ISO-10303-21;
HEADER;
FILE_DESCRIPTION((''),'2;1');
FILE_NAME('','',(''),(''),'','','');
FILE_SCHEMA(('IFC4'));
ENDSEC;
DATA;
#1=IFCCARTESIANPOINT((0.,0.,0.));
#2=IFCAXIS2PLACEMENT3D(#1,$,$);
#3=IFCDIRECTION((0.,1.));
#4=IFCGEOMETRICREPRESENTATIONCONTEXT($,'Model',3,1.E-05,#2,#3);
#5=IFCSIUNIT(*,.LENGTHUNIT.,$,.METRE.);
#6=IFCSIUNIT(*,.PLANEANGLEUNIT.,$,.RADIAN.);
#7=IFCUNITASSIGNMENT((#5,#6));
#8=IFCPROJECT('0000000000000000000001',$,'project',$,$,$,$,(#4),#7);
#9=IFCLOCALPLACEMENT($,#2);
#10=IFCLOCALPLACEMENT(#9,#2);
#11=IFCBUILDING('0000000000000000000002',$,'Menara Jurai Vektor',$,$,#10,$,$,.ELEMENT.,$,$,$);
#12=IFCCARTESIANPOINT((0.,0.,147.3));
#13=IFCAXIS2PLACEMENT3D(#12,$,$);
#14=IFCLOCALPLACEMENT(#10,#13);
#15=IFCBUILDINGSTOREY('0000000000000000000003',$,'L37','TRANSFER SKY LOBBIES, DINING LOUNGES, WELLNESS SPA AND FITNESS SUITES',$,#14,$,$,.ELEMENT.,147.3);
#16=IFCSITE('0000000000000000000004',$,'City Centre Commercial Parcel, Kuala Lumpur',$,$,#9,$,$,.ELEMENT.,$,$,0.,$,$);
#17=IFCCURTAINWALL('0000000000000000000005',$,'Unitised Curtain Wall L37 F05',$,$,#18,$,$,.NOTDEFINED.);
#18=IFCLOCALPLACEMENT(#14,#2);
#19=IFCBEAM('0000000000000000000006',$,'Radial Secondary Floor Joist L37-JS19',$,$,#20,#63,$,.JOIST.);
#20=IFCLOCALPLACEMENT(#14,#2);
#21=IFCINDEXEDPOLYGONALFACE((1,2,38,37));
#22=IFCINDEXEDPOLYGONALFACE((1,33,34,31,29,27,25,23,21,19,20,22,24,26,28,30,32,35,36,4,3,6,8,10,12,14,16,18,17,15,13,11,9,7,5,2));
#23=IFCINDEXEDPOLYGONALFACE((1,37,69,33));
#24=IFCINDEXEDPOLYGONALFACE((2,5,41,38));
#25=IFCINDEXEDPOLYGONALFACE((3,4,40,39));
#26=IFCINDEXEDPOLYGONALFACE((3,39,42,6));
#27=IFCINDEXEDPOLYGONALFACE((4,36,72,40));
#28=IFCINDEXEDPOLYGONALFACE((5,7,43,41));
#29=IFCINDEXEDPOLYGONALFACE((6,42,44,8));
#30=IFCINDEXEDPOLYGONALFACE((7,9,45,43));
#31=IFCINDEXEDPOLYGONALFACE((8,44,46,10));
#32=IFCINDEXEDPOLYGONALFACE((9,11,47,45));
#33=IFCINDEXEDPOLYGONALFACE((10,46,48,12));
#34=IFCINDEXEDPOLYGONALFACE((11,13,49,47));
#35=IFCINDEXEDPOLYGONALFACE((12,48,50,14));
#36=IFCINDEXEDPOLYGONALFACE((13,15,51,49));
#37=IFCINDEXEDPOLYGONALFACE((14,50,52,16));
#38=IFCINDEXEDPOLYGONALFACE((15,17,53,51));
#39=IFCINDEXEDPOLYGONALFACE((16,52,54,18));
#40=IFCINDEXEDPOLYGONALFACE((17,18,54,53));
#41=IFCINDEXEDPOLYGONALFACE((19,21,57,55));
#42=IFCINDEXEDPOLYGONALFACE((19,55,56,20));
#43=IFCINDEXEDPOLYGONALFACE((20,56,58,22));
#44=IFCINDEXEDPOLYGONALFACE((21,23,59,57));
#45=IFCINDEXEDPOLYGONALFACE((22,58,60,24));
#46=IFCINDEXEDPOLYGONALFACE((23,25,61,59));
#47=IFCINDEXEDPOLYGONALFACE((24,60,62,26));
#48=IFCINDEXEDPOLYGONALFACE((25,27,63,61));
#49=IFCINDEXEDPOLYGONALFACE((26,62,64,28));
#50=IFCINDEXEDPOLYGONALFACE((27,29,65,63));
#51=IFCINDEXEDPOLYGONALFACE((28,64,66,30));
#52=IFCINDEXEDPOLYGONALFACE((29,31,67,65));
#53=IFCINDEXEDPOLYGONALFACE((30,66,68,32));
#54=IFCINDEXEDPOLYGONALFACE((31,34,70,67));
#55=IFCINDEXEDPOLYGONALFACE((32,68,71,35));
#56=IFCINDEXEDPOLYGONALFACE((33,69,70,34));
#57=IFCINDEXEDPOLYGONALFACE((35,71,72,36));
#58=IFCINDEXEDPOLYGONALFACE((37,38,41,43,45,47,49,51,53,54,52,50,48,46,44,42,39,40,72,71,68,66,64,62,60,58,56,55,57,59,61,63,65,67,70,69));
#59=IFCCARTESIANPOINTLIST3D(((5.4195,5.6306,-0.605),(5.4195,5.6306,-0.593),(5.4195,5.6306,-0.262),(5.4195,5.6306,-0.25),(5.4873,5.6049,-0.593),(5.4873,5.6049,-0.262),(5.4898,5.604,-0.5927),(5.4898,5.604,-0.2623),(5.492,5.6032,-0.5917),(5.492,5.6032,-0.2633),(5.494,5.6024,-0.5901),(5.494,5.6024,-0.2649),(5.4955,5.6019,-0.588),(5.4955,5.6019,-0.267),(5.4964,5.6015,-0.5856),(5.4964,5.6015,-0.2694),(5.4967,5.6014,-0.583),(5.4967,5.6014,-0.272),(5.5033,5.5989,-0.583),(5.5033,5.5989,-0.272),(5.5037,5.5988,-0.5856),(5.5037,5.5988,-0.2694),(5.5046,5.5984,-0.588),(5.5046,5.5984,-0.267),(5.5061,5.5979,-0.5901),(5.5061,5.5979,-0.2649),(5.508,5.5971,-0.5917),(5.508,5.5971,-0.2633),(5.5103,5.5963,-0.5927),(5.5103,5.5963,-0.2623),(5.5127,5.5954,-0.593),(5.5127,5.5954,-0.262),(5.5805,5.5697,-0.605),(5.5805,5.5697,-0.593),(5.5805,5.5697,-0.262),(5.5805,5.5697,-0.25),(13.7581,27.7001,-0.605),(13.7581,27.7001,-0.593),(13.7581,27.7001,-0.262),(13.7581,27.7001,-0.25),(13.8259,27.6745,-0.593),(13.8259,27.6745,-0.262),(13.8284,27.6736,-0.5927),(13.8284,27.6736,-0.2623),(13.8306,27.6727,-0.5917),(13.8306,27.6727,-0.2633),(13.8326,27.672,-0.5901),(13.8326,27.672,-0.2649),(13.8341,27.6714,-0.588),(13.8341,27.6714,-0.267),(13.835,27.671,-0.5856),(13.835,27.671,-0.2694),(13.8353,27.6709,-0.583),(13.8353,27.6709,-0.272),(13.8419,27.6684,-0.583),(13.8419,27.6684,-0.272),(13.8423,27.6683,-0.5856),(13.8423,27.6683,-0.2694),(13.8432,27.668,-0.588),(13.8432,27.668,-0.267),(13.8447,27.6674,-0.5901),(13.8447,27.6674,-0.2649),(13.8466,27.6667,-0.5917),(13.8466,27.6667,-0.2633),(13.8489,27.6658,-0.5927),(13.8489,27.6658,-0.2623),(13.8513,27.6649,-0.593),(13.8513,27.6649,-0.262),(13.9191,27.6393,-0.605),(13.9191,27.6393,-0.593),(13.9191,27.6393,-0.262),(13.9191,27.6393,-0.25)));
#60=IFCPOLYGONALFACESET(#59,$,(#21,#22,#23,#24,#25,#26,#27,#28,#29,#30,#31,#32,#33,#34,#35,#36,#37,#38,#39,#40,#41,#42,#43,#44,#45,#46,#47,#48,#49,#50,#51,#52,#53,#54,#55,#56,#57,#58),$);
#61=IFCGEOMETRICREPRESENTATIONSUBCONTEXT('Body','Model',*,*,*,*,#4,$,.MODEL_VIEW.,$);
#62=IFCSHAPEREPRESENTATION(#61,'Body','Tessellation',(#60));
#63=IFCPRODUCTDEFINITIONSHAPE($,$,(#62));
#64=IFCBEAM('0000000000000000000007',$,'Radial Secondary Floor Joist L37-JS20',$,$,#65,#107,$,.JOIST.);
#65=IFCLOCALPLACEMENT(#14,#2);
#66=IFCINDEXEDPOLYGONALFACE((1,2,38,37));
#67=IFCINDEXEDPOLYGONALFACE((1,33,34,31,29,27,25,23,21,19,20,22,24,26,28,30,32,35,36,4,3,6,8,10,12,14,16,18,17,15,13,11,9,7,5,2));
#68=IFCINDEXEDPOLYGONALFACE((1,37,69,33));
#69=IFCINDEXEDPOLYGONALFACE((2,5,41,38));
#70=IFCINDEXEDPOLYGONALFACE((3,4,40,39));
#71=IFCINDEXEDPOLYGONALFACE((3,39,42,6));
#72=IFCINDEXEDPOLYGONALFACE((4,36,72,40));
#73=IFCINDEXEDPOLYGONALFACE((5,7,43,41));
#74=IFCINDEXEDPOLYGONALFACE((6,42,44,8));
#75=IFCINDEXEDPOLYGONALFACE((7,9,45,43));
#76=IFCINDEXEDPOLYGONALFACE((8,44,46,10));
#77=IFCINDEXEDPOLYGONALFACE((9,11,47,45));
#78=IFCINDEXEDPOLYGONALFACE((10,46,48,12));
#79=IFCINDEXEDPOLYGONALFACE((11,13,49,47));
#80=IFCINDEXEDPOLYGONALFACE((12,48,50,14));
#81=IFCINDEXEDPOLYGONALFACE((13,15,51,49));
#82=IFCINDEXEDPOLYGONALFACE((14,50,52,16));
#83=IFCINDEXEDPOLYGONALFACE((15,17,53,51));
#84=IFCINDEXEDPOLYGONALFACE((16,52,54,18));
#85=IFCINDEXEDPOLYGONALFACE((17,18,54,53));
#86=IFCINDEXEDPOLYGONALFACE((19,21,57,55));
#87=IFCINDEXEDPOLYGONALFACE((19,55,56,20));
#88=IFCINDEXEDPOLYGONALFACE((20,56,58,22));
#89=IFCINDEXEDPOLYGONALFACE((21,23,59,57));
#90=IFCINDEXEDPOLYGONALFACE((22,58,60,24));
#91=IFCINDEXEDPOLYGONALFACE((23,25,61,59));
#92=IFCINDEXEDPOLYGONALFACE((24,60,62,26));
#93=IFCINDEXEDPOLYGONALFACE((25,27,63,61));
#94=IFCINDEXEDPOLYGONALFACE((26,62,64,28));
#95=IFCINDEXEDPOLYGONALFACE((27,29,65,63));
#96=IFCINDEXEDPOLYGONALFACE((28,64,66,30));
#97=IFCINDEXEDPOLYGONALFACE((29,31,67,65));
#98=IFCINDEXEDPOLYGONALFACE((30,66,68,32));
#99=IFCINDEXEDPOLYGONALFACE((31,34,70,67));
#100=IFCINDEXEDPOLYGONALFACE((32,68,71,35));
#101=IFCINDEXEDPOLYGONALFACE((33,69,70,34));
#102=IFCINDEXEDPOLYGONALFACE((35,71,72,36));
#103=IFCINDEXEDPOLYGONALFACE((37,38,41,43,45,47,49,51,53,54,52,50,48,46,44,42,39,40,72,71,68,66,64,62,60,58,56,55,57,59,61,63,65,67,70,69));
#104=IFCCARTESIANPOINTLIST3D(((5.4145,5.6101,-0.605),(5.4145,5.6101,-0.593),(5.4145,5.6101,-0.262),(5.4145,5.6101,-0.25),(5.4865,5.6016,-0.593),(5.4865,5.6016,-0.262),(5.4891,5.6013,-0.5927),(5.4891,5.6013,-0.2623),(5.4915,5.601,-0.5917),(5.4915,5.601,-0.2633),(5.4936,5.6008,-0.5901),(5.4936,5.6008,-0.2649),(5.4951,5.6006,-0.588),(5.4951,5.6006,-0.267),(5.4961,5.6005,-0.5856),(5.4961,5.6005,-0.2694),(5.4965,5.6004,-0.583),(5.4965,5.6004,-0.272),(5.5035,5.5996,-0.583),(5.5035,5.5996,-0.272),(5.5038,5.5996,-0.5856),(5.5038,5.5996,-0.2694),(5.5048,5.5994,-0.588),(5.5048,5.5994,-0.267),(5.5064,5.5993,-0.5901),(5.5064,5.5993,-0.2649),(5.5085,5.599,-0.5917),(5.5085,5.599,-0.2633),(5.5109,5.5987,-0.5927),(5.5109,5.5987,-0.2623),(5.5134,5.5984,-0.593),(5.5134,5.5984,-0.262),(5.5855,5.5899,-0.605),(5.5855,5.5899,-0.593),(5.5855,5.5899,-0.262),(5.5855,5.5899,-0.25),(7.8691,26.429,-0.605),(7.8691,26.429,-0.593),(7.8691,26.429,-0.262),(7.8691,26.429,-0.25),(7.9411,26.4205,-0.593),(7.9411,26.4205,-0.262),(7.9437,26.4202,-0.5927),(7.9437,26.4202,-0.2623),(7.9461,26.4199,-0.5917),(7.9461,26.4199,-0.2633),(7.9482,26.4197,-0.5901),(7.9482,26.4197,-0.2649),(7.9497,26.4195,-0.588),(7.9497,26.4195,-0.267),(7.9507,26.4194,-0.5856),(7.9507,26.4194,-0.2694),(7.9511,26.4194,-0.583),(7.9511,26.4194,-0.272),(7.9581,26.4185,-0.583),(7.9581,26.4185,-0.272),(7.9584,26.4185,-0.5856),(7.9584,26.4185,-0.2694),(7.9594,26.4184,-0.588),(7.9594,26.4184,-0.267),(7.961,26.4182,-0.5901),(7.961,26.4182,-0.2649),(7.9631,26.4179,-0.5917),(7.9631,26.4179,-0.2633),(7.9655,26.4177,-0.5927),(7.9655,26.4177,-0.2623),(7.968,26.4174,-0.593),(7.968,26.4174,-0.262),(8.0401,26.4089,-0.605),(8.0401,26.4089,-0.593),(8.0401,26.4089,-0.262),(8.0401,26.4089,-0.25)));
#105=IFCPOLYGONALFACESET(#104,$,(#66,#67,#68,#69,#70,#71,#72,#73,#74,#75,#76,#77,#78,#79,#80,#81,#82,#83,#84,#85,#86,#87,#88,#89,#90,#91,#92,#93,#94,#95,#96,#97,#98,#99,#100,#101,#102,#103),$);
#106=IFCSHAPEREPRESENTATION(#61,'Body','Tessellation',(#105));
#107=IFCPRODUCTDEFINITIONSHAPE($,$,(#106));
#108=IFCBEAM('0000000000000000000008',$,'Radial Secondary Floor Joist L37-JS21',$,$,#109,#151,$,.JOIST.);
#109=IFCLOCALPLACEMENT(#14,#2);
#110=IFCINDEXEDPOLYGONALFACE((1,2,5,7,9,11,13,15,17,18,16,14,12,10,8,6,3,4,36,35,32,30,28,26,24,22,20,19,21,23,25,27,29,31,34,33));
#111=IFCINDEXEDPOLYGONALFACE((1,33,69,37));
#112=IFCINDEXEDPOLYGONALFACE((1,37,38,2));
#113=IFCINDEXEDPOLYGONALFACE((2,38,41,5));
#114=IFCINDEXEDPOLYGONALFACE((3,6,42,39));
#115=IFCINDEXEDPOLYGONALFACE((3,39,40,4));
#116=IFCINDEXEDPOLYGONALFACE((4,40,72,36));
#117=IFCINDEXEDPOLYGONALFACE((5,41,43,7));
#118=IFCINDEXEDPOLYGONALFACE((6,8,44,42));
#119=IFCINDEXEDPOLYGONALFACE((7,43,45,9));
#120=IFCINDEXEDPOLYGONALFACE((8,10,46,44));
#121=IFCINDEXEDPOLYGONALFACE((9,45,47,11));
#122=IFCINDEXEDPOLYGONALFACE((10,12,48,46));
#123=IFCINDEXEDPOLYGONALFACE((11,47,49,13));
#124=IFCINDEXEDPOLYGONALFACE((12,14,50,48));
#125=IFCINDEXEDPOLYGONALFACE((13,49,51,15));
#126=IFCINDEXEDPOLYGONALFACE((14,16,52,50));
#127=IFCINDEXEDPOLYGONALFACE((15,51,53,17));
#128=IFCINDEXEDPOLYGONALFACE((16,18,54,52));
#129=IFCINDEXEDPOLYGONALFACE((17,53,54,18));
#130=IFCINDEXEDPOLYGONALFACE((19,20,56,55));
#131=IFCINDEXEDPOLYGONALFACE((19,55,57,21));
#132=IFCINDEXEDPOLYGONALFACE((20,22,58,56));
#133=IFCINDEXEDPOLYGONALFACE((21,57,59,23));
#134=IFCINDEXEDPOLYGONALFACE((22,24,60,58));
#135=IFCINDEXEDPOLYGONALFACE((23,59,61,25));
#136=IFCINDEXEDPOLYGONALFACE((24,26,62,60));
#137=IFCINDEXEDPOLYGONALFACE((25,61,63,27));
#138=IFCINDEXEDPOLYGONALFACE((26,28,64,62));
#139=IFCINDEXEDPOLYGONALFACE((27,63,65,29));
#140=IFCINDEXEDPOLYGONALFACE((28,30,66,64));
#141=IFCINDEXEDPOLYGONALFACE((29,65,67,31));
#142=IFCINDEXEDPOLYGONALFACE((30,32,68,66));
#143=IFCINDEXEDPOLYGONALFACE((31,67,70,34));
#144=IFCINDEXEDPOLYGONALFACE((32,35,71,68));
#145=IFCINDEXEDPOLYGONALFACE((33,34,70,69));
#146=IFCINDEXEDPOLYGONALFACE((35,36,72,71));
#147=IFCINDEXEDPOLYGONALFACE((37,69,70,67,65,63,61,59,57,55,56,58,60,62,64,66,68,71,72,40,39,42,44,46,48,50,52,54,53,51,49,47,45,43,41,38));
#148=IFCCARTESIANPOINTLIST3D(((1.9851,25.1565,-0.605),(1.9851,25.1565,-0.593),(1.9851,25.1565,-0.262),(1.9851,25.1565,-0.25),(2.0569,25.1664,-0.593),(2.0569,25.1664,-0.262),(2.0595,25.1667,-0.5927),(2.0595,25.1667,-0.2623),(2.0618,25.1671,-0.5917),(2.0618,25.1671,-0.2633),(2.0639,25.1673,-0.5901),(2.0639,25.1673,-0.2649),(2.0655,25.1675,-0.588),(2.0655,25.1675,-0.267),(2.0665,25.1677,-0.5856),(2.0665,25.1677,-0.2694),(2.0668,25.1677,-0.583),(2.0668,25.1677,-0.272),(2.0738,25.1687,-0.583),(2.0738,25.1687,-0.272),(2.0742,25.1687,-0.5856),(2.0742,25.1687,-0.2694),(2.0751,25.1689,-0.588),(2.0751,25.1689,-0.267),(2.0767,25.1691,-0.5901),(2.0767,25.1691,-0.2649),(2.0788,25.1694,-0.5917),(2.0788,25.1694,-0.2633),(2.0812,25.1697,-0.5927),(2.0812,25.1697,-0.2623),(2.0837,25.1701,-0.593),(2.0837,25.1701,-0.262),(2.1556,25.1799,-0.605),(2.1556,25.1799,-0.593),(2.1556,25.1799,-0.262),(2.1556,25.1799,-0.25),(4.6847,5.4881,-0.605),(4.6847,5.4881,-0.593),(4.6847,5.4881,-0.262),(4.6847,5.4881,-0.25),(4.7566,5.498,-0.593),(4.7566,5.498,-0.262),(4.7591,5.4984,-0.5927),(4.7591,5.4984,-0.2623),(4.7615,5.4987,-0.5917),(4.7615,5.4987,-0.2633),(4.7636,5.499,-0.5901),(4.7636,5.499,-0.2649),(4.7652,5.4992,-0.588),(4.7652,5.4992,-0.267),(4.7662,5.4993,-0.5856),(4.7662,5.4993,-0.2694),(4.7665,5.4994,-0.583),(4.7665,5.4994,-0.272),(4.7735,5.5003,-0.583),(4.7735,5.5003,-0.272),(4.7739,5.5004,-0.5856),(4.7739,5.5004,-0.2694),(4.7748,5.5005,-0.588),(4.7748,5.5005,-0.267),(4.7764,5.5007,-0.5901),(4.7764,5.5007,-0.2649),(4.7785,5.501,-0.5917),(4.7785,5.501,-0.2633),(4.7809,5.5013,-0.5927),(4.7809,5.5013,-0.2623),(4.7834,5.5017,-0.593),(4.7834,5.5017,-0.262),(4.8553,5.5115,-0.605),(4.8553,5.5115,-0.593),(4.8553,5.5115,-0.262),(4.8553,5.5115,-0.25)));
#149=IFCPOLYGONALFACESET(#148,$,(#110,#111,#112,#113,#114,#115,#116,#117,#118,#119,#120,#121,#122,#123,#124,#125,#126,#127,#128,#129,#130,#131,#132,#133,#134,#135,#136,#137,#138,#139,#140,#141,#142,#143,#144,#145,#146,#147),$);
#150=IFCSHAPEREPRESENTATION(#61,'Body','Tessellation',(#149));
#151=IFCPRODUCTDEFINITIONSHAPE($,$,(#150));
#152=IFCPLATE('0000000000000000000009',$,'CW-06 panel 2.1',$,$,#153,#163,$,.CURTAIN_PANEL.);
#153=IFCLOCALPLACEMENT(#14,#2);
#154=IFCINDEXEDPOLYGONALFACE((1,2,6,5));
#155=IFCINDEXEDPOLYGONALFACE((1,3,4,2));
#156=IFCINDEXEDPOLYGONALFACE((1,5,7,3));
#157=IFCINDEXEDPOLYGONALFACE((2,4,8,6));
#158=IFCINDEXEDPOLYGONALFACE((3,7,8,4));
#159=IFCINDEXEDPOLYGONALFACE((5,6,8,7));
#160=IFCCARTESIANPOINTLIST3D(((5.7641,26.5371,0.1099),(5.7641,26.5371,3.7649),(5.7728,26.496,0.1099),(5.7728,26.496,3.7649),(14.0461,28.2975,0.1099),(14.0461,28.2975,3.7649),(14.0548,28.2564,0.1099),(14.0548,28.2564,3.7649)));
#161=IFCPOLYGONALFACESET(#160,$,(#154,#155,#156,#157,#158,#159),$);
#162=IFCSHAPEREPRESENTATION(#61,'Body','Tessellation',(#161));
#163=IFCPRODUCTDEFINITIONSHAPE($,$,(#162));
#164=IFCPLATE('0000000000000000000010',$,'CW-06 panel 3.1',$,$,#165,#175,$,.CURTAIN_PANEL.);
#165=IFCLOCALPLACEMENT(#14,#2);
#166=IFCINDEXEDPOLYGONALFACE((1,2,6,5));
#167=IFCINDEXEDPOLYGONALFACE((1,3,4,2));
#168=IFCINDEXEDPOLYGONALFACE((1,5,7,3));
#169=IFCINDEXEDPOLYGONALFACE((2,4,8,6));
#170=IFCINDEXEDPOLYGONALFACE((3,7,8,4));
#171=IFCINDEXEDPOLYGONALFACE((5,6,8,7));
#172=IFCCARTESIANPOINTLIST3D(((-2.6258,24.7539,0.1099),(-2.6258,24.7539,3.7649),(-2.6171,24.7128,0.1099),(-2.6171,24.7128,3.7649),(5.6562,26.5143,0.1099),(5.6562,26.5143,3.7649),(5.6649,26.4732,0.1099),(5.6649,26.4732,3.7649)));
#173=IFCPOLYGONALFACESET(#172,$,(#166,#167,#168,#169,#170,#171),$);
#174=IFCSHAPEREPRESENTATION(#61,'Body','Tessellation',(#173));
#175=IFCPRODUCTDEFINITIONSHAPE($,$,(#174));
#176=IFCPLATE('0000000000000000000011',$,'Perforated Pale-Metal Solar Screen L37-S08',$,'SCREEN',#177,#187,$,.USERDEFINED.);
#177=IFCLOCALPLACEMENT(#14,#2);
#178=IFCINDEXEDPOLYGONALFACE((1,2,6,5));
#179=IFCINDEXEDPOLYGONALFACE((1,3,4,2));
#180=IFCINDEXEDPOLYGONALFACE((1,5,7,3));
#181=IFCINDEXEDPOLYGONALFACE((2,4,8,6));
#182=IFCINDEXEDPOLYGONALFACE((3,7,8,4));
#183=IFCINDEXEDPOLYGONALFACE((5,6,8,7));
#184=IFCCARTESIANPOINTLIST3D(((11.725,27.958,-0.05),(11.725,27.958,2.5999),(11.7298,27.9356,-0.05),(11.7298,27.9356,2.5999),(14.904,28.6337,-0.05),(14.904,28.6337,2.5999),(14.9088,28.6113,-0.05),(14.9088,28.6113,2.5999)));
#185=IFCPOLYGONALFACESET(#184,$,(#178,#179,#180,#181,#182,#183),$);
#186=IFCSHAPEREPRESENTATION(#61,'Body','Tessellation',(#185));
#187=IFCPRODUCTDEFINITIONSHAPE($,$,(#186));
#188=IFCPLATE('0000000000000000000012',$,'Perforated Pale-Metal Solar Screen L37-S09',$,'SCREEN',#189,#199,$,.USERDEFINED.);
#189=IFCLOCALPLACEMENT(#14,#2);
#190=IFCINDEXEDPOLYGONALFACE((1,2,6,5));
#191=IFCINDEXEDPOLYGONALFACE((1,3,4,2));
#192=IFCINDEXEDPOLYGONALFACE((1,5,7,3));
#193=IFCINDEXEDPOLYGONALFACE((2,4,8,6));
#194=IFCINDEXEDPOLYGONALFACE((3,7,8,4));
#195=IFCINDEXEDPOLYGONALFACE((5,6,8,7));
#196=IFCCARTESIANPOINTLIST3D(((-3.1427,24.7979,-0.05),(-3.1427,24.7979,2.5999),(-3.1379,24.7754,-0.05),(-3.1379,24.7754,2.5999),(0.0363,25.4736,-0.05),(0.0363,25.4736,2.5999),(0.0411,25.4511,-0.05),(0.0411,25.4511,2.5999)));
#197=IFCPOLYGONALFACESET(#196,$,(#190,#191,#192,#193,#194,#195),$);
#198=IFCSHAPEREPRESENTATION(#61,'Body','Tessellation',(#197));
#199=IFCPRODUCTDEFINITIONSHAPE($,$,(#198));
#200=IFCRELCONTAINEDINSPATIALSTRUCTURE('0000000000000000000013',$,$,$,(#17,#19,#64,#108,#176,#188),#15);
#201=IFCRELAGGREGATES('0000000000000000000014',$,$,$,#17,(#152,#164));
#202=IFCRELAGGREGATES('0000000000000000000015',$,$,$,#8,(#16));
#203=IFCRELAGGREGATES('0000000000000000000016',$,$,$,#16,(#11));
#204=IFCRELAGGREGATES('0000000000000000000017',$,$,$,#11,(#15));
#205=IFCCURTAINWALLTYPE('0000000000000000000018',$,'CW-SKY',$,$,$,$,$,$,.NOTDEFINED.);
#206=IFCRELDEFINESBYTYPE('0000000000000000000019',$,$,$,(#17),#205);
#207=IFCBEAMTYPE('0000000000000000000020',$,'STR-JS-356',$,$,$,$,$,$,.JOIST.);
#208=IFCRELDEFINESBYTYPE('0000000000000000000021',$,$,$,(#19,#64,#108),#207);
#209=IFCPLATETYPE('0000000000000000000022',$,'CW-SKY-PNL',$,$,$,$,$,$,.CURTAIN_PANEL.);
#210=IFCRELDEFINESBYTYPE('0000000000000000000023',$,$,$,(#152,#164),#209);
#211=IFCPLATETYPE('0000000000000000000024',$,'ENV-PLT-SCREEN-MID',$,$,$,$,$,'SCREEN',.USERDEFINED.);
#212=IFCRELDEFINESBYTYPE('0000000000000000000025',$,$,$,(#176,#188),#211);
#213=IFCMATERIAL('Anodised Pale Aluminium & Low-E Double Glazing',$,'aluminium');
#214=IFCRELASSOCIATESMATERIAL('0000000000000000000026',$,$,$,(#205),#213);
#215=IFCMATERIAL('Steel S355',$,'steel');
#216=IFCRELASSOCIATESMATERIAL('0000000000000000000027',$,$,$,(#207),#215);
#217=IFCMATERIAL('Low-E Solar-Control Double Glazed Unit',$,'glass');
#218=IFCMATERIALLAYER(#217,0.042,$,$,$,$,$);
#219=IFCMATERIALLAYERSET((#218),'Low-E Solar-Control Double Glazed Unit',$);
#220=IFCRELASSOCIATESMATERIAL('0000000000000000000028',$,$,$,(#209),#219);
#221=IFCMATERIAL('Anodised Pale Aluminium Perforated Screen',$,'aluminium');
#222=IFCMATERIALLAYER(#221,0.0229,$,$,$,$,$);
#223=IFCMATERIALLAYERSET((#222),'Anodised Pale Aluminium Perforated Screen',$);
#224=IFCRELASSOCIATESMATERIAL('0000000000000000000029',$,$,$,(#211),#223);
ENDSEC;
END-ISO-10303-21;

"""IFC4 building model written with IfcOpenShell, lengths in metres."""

from ifc_helpers import new_model, si_unit, direction, frame, origin, origin_2d, place, context, subcontext, project, spatial, rectangle, i_section, extrude, material, layer, layer_set, material_profile, profile_set, type_object, element, aggregate, save


model = new_model("IFC4")

# Units and contexts
model_context = context("Model", 3, precision=1e-05, world=origin(), true_north=direction((0.0, 1.0)))
body_context = subcontext(model_context, "Body", "Model", "MODEL_VIEW")
ifc_project = project(units=[si_unit("LENGTHUNIT", "METRE"), si_unit("PLANEANGLEUNIT", "RADIAN")], contexts=[model_context])

# Site, building, storey
site_placement = place(None, origin())
site = spatial("IfcSite", under=ifc_project, at=site_placement, Name="City Centre Commercial Parcel, Kuala Lumpur", CompositionType="ELEMENT", RefElevation=0.0)
building_placement = place(site_placement, origin())
building = spatial("IfcBuilding", under=site, at=building_placement, Name="Menara Jurai Vektor", CompositionType="ELEMENT")
storey_placement = place(building_placement, frame((0.0, 0.0, 147.3)))
storey = spatial("IfcBuildingStorey", under=building, at=storey_placement, Name="L37", Description="TRANSFER SKY LOBBIES, DINING LOUNGES, WELLNESS SPA AND FITNESS SUITES", CompositionType="ELEMENT", Elevation=147.3)

# Curtain wall
ifc_material_1 = material(Name="Anodised Pale Aluminium & Low-E Double Glazing", Category="aluminium")
curtain_wall_type = type_object("IfcCurtainWallType", Name="CW-SKY", PredefinedType="NOTDEFINED", material=ifc_material_1)
curtain_wall_placement = place(storey_placement, origin())
curtain_wall = element("IfcCurtainWall", 1, at=curtain_wall_placement, inside=storey, type_object=curtain_wall_type, Name="Unitised Curtain Wall L37 F05", PredefinedType="NOTDEFINED")

# Beams
ifc_material_2 = material(Name="Steel S355", Category="steel")
ifc_material_profile_1 = material_profile(ifc_material_2, i_section(OverallWidth=0.1721, OverallDepth=0.355, WebThickness=0.0071, FlangeThickness=0.012, FilletRadius=0.01, at=origin_2d()), Name="UKB 356x171x51")
ifc_profile_set_1 = profile_set([ifc_material_profile_1], Name="Steel S355")
beam_type_1 = type_object("IfcBeamType", Name="STR-JS-356", PredefinedType="JOIST", material=ifc_profile_set_1)
beam_1_placement = place(storey_placement, frame((13.8386, 27.6697, -0.4275), z_axis=(-0.353446, -0.935455, 0.0), x_axis=(0.935455, -0.353446, 0.0)))
element("IfcBeam", 2, at=beam_1_placement, inside=storey, type_object=beam_type_1, Name="Radial Secondary Floor Joist L37-JS19", PredefinedType="JOIST", context=body_context, shape_type="SweptSolid", body=[
    extrude(i_section(OverallWidth=0.1721, OverallDepth=0.355, WebThickness=0.0071, FlangeThickness=0.012, FilletRadius=0.01, at=origin_2d()), origin(), (0.0, 0.0, 1.0), 23.5923),
])
beam_2_placement = place(storey_placement, frame((7.9546, 26.4189, -0.4275), z_axis=(-0.117091, -0.993121, 0.0), x_axis=(0.993121, -0.117091, 0.0)))
element("IfcBeam", 3, at=beam_2_placement, inside=storey, type_object=beam_type_1, Name="Radial Secondary Floor Joist L37-JS20", PredefinedType="JOIST", context=body_context, shape_type="SweptSolid", body=[
    extrude(i_section(OverallWidth=0.1721, OverallDepth=0.355, WebThickness=0.0071, FlangeThickness=0.012, FilletRadius=0.01, at=origin_2d()), origin(), (0.0, 0.0, 1.0), 20.9631),
])
beam_3_placement = place(storey_placement, frame((2.0703, 25.1682, -0.4275), z_axis=(0.135986, -0.990711, 0.0), x_axis=(0.990711, 0.135986, 0.0)))
element("IfcBeam", 4, at=beam_3_placement, inside=storey, type_object=beam_type_1, Name="Radial Secondary Floor Joist L37-JS21", PredefinedType="JOIST", context=body_context, shape_type="SweptSolid", body=[
    extrude(i_section(OverallWidth=0.1721, OverallDepth=0.355, WebThickness=0.0071, FlangeThickness=0.012, FilletRadius=0.01, at=origin_2d()), origin(), (0.0, 0.0, 1.0), 19.8528),
])

# Plates
ifc_material_3 = material(Name="Low-E Solar-Control Double Glazed Unit", Category="glass")
ifc_layer_1 = layer(ifc_material_3, 0.042)
ifc_layer_set_1 = layer_set([ifc_layer_1], Name="Low-E Solar-Control Double Glazed Unit")
plate_type_1 = type_object("IfcPlateType", Name="CW-SKY-PNL", PredefinedType="CURTAIN_PANEL", material=ifc_layer_set_1)
plate_1_placement = place(storey_placement, frame((9.9094, 27.3967, 0.1099), z_axis=(0.0, 0.0, 1.0), x_axis=(-0.978148, -0.207911, 0.0)))
plate_1 = element("IfcPlate", 5, at=plate_1_placement, type_object=plate_type_1, Name="CW-06 panel 2.1", PredefinedType="CURTAIN_PANEL", context=body_context, shape_type="SweptSolid", body=[
    extrude(rectangle(XDim=8.467, YDim=0.042, at=origin_2d()), origin(), (0.0, 0.0, 1.0), 3.655),
])
plate_2_placement = place(storey_placement, frame((1.5195, 25.6135, 0.1099), z_axis=(0.0, 0.0, 1.0), x_axis=(-0.978148, -0.207911, 0.0)))
plate_2 = element("IfcPlate", 6, at=plate_2_placement, type_object=plate_type_1, Name="CW-06 panel 3.1", PredefinedType="CURTAIN_PANEL", context=body_context, shape_type="SweptSolid", body=[
    extrude(rectangle(XDim=8.467, YDim=0.042, at=origin_2d()), origin(), (0.0, 0.0, 1.0), 3.655),
])
aggregate(curtain_wall, [plate_1, plate_2])

# Plates
ifc_material_4 = material(Name="Anodised Pale Aluminium Perforated Screen", Category="aluminium")
ifc_layer_2 = layer(ifc_material_4, 0.0229)
ifc_layer_set_2 = layer_set([ifc_layer_2], Name="Anodised Pale Aluminium Perforated Screen")
plate_type_2 = type_object("IfcPlateType", Name="ENV-PLT-SCREEN-MID", ElementType="SCREEN", PredefinedType="USERDEFINED", material=ifc_layer_set_2)
for number, where, z_axis, x_axis, name in (
    (7, (13.3169, 28.2847, -0.05), (0.0, 0.0, 1.0), (-0.978148, -0.207912, 0.0), "Perforated Pale-Metal Solar Screen L37-S08"),
    (8, (-1.5508, 25.1245, -0.05), (0.0, 0.0, 1.0), (-0.978148, -0.207912, 0.0), "Perforated Pale-Metal Solar Screen L37-S09"),
):
    element("IfcPlate", number, at=place(storey_placement, frame(where, z_axis=z_axis, x_axis=x_axis)), inside=storey, type_object=plate_type_2, Name=name, ObjectType="SCREEN", PredefinedType="USERDEFINED", context=body_context, shape_type="SweptSolid", body=[
        extrude(rectangle(XDim=3.25, YDim=0.0229, at=origin_2d()), origin(), (0.0, 0.0, 1.0), 2.6499),
    ])

save(model, "model.ifc")
